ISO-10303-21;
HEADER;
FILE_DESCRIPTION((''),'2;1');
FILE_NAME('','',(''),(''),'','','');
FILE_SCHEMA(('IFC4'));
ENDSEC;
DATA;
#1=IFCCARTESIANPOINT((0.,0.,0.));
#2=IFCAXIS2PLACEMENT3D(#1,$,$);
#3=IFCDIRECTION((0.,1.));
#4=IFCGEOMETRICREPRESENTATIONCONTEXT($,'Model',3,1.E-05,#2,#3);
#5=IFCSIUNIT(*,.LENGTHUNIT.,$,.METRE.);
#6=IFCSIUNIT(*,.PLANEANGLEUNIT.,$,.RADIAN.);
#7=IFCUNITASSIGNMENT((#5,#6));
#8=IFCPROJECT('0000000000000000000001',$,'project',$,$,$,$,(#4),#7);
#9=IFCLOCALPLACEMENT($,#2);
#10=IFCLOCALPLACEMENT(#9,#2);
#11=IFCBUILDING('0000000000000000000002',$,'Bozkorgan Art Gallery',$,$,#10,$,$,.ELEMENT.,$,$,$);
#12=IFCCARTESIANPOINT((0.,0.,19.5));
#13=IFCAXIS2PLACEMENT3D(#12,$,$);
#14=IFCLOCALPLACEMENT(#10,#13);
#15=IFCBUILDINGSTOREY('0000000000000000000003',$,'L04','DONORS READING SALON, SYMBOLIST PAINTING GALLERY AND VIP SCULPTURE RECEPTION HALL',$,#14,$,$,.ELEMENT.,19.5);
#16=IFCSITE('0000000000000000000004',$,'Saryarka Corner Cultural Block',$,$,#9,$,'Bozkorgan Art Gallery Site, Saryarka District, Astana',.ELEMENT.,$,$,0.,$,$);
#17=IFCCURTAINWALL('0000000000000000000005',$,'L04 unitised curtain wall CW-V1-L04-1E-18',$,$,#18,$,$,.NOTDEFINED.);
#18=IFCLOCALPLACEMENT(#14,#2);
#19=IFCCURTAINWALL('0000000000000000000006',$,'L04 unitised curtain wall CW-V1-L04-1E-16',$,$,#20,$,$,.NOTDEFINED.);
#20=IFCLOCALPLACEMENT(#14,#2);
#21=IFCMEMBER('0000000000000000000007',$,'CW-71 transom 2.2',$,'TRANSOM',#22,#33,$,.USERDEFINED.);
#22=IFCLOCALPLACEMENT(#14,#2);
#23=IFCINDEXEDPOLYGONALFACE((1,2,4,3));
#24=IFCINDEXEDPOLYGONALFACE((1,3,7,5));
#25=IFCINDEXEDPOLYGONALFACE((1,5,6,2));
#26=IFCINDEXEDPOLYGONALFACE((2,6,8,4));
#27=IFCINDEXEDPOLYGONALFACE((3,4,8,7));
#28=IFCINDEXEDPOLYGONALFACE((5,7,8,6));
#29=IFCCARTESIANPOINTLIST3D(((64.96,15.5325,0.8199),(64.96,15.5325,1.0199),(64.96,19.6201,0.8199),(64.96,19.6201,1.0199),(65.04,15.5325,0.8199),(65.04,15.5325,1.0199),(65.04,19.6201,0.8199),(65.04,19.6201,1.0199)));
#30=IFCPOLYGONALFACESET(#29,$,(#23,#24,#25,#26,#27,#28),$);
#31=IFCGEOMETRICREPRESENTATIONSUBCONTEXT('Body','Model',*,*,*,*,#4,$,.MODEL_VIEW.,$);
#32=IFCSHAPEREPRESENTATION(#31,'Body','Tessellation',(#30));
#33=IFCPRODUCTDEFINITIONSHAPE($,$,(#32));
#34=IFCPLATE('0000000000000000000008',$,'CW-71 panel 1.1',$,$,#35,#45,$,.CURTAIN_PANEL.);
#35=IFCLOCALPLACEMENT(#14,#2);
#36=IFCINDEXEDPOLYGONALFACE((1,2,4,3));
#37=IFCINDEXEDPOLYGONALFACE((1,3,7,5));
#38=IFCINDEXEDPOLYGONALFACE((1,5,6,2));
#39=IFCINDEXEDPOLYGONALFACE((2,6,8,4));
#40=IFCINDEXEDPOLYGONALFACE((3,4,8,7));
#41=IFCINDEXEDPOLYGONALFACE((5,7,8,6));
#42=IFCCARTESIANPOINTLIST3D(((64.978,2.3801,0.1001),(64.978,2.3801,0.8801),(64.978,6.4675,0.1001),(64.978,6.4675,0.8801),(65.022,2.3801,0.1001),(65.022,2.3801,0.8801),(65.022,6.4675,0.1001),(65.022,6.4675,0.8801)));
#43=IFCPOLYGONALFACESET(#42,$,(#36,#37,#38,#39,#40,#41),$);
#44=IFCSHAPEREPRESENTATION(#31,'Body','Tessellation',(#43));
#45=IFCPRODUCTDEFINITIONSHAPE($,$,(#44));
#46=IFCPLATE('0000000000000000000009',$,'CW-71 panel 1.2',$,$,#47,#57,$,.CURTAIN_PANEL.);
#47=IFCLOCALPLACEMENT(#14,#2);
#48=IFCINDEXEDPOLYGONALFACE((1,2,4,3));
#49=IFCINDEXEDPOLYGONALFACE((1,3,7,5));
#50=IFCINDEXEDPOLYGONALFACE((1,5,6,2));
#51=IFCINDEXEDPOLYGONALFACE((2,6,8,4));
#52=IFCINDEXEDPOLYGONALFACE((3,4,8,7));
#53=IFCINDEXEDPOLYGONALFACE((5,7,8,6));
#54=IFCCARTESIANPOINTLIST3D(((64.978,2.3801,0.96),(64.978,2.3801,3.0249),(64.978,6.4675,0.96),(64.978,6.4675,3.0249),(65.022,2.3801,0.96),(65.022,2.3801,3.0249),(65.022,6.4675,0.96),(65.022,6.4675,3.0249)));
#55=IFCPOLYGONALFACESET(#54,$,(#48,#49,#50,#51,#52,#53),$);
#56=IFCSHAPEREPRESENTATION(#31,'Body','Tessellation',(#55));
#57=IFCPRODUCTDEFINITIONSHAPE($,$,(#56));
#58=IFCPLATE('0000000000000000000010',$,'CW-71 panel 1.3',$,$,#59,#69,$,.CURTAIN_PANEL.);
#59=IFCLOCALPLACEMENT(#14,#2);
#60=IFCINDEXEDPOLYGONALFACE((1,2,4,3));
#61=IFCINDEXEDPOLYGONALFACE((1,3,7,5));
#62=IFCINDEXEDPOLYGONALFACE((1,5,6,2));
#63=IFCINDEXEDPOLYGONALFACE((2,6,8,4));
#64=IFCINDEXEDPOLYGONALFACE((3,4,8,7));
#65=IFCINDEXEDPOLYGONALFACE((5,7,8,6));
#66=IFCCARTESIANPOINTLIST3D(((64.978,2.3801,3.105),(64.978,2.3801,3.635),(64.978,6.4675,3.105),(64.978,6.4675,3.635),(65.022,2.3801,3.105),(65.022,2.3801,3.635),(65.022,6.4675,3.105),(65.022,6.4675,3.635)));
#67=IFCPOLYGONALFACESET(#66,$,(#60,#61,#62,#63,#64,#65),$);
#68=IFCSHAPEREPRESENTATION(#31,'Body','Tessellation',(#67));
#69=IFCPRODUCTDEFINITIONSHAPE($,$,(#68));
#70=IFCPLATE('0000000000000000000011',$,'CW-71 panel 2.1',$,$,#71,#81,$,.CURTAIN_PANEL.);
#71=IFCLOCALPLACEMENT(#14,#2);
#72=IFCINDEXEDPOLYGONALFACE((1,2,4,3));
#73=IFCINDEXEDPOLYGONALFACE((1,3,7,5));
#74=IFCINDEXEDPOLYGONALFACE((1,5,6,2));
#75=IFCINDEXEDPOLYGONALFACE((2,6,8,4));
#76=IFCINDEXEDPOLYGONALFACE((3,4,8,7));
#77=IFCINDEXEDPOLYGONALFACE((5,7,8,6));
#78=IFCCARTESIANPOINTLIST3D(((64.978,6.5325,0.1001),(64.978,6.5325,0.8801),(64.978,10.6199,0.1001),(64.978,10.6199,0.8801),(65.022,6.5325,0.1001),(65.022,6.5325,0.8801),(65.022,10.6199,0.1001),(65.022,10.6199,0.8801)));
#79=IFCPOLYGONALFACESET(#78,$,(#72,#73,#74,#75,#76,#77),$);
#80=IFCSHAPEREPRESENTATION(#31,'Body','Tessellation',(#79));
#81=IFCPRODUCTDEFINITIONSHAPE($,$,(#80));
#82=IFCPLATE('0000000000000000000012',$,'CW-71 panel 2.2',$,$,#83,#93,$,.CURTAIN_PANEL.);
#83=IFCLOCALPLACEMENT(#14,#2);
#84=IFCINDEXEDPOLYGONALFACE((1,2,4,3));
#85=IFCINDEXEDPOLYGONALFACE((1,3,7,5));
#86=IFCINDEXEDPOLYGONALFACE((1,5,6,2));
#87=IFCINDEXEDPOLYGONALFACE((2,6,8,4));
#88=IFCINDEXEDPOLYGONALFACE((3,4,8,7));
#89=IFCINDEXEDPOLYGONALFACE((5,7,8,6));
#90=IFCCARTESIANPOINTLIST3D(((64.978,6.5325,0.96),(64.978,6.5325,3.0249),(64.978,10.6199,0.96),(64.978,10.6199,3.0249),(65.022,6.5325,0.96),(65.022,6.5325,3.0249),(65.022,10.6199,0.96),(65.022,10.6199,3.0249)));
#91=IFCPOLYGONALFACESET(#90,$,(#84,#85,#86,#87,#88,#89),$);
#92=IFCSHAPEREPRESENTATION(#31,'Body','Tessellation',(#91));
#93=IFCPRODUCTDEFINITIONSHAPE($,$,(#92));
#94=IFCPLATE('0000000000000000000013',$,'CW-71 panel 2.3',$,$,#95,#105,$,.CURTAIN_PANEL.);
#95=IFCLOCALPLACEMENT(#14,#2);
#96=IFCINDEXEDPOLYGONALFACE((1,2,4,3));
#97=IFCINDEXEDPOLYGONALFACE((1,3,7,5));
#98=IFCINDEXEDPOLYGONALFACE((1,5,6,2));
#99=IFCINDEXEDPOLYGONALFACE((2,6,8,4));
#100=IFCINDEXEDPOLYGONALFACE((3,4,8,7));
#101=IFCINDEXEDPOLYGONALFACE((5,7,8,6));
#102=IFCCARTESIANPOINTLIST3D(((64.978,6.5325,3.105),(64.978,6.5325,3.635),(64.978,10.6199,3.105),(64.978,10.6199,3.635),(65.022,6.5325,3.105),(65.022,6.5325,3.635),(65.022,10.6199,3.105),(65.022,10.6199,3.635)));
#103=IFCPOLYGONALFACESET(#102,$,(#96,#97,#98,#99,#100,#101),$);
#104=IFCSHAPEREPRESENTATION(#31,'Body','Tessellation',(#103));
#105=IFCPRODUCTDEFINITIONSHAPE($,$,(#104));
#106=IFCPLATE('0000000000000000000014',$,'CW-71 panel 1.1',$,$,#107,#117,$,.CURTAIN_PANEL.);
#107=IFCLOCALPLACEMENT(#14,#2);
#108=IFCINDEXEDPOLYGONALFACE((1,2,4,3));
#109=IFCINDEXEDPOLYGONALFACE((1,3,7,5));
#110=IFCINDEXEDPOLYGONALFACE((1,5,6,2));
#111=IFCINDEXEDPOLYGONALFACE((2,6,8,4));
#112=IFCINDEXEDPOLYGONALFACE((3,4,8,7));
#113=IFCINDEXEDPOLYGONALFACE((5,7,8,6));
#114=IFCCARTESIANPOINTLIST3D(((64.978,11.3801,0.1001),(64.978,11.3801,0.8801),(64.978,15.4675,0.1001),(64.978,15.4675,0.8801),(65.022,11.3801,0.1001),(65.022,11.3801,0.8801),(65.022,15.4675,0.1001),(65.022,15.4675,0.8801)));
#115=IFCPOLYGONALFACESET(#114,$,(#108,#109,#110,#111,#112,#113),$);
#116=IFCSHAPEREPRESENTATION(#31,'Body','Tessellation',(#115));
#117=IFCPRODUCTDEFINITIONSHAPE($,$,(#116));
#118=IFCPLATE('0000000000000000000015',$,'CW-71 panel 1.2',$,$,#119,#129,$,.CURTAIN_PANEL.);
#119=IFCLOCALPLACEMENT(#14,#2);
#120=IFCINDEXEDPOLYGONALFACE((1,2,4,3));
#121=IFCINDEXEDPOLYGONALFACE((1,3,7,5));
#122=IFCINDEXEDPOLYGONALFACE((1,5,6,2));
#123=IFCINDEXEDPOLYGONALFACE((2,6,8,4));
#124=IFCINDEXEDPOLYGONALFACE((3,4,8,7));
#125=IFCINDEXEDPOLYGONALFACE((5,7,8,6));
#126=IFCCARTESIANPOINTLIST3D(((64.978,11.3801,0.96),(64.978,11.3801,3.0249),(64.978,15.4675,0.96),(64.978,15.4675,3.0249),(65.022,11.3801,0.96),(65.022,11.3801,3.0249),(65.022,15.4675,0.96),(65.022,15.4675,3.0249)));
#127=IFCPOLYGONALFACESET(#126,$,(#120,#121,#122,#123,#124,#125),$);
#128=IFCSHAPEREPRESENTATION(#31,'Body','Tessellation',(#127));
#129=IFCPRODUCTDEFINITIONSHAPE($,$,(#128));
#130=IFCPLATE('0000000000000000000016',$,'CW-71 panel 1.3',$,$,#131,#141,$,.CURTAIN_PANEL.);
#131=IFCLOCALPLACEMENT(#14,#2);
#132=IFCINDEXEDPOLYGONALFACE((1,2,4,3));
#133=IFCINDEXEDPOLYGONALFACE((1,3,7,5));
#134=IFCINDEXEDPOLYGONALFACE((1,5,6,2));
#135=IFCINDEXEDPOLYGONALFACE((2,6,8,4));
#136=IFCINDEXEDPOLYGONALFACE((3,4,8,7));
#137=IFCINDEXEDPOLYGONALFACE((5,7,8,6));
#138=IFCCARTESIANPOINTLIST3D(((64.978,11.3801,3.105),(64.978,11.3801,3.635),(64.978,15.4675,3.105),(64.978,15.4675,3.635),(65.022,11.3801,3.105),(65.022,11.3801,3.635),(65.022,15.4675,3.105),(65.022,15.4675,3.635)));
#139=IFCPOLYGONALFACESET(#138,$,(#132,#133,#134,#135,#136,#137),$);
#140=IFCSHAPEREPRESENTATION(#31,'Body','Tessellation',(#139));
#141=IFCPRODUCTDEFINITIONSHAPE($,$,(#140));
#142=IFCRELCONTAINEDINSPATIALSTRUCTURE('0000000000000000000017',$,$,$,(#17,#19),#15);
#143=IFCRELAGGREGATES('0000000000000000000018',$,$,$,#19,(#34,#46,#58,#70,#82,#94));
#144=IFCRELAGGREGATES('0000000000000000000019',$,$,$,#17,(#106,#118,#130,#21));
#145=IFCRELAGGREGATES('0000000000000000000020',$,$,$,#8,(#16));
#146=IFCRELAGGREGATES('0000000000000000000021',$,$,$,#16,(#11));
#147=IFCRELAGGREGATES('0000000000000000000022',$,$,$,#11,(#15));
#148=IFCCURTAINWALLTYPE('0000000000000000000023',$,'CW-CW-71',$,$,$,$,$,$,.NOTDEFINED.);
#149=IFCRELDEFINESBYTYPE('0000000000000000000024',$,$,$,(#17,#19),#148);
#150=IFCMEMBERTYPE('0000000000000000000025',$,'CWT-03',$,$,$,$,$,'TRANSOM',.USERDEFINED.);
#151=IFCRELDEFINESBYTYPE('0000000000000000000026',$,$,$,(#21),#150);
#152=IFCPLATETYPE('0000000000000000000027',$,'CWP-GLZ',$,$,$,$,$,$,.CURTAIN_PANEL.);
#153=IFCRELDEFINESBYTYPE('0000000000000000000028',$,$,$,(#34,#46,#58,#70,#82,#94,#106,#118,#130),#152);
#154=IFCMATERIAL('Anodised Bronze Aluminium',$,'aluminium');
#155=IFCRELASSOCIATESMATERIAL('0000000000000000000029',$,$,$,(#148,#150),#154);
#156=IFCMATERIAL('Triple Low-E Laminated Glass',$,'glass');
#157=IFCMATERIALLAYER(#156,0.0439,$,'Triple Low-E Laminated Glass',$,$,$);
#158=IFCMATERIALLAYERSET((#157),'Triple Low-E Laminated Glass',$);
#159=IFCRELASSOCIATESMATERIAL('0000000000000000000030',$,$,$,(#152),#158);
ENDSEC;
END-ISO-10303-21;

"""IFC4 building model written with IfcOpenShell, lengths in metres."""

from ifc_helpers import new_model, si_unit, direction, frame, origin, origin_2d, place, context, subcontext, project, spatial, rectangle, extrude, material, layer, layer_set, material_profile, profile_set, type_object, element, aggregate, save


model = new_model("IFC4")

# Units and contexts
model_context = context("Model", 3, precision=1e-05, world=origin(), true_north=direction((0.0, 1.0)))
body_context = subcontext(model_context, "Body", "Model", "MODEL_VIEW")
ifc_project = project(units=[si_unit("LENGTHUNIT", "METRE"), si_unit("PLANEANGLEUNIT", "RADIAN")], contexts=[model_context])

# Site, building, storey
site_placement = place(None, origin())
site = spatial("IfcSite", under=ifc_project, at=site_placement, Name="Saryarka Corner Cultural Block", LongName="Bozkorgan Art Gallery Site, Saryarka District, Astana", CompositionType="ELEMENT", RefElevation=0.0)
building_placement = place(site_placement, origin())
building = spatial("IfcBuilding", under=site, at=building_placement, Name="Bozkorgan Art Gallery", CompositionType="ELEMENT")
storey_placement = place(building_placement, frame((0.0, 0.0, 19.5)))
storey = spatial("IfcBuildingStorey", under=building, at=storey_placement, Name="L04", Description="DONORS READING SALON, SYMBOLIST PAINTING GALLERY AND VIP SCULPTURE RECEPTION HALL", CompositionType="ELEMENT", Elevation=19.5)

# Curtain walls
ifc_material_1 = material(Name="Anodised Bronze Aluminium", Category="aluminium")
curtain_wall_type = type_object("IfcCurtainWallType", Name="CW-CW-71", PredefinedType="NOTDEFINED", material=ifc_material_1)
curtain_wall_1_placement = place(storey_placement, origin())
curtain_wall_1 = element("IfcCurtainWall", 1, at=curtain_wall_1_placement, inside=storey, type_object=curtain_wall_type, Name="L04 unitised curtain wall CW-V1-L04-1E-18", PredefinedType="NOTDEFINED")
curtain_wall_2_placement = place(storey_placement, origin())
curtain_wall_2 = element("IfcCurtainWall", 2, at=curtain_wall_2_placement, inside=storey, type_object=curtain_wall_type, Name="L04 unitised curtain wall CW-V1-L04-1E-16", PredefinedType="NOTDEFINED")
ifc_material_profile_1 = material_profile(ifc_material_1, rectangle(XDim=0.0801, YDim=0.2, at=origin_2d()), Name="ALU TRANSOM 80x200")
ifc_profile_set_1 = profile_set([ifc_material_profile_1], Name="Anodised Bronze Aluminium")
member_type_1 = type_object("IfcMemberType", Name="CWT-03", ElementType="TRANSOM", PredefinedType="USERDEFINED", material=ifc_profile_set_1)

# Member
member_1_placement = place(storey_placement, frame((65.0, 15.5325, 0.9199), z_axis=(0.0, 1.0, 0.0), x_axis=(-1.0, 0.0, 0.0)))
member_1 = element("IfcMember", 3, at=member_1_placement, type_object=member_type_1, Name="CW-71 transom 2.2", ObjectType="TRANSOM", PredefinedType="USERDEFINED", context=body_context, shape_type="SweptSolid", body=[
    extrude(rectangle(XDim=0.0801, YDim=0.2, at=origin_2d()), origin(), (0.0, 0.0, 1.0), 4.0876),
])

# Plates
ifc_material_2 = material(Name="Triple Low-E Laminated Glass", Category="glass")
ifc_layer = layer(ifc_material_2, 0.0439, Name="Triple Low-E Laminated Glass")
ifc_layer_set = layer_set([ifc_layer], Name="Triple Low-E Laminated Glass")
plate_type = type_object("IfcPlateType", Name="CWP-GLZ", PredefinedType="CURTAIN_PANEL", material=ifc_layer_set)
plate_1_placement = place(storey_placement, frame((65.0, 4.4238, 0.1001), z_axis=(0.0, 0.0, 1.0), x_axis=(0.0, 1.0, 0.0)))
plate_1 = element("IfcPlate", 4, at=plate_1_placement, type_object=plate_type, Name="CW-71 panel 1.1", PredefinedType="CURTAIN_PANEL", context=body_context, shape_type="SweptSolid", body=[
    extrude(rectangle(XDim=4.0874, YDim=0.0439, at=origin_2d()), origin(), (0.0, 0.0, 1.0), 0.78),
])
plate_2_placement = place(storey_placement, frame((65.0, 4.4238, 0.96), z_axis=(0.0, 0.0, 1.0), x_axis=(0.0, 1.0, 0.0)))
plate_2 = element("IfcPlate", 5, at=plate_2_placement, type_object=plate_type, Name="CW-71 panel 1.2", PredefinedType="CURTAIN_PANEL", context=body_context, shape_type="SweptSolid", body=[
    extrude(rectangle(XDim=4.0874, YDim=0.0439, at=origin_2d()), origin(), (0.0, 0.0, 1.0), 2.0649),
])
plate_3_placement = place(storey_placement, frame((65.0, 4.4238, 3.105), z_axis=(0.0, 0.0, 1.0), x_axis=(0.0, 1.0, 0.0)))
plate_3 = element("IfcPlate", 6, at=plate_3_placement, type_object=plate_type, Name="CW-71 panel 1.3", PredefinedType="CURTAIN_PANEL", context=body_context, shape_type="SweptSolid", body=[
    extrude(rectangle(XDim=4.0874, YDim=0.0439, at=origin_2d()), origin(), (0.0, 0.0, 1.0), 0.53),
])
plate_4_placement = place(storey_placement, frame((65.0, 8.5762, 0.1001), z_axis=(0.0, 0.0, 1.0), x_axis=(0.0, 1.0, 0.0)))
plate_4 = element("IfcPlate", 7, at=plate_4_placement, type_object=plate_type, Name="CW-71 panel 2.1", PredefinedType="CURTAIN_PANEL", context=body_context, shape_type="SweptSolid", body=[
    extrude(rectangle(XDim=4.0874, YDim=0.0439, at=origin_2d()), origin(), (0.0, 0.0, 1.0), 0.78),
])
plate_5_placement = place(storey_placement, frame((65.0, 8.5762, 0.96), z_axis=(0.0, 0.0, 1.0), x_axis=(0.0, 1.0, 0.0)))
plate_5 = element("IfcPlate", 8, at=plate_5_placement, type_object=plate_type, Name="CW-71 panel 2.2", PredefinedType="CURTAIN_PANEL", context=body_context, shape_type="SweptSolid", body=[
    extrude(rectangle(XDim=4.0874, YDim=0.0439, at=origin_2d()), origin(), (0.0, 0.0, 1.0), 2.0649),
])
plate_6_placement = place(storey_placement, frame((65.0, 8.5762, 3.105), z_axis=(0.0, 0.0, 1.0), x_axis=(0.0, 1.0, 0.0)))
plate_6 = element("IfcPlate", 9, at=plate_6_placement, type_object=plate_type, Name="CW-71 panel 2.3", PredefinedType="CURTAIN_PANEL", context=body_context, shape_type="SweptSolid", body=[
    extrude(rectangle(XDim=4.0874, YDim=0.0439, at=origin_2d()), origin(), (0.0, 0.0, 1.0), 0.53),
])
aggregate(curtain_wall_2, [plate_1, plate_2, plate_3, plate_4, plate_5, plate_6])
plate_7_placement = place(storey_placement, frame((65.0, 13.4238, 0.1001), z_axis=(0.0, 0.0, 1.0), x_axis=(0.0, 1.0, 0.0)))
plate_7 = element("IfcPlate", 10, at=plate_7_placement, type_object=plate_type, Name="CW-71 panel 1.1", PredefinedType="CURTAIN_PANEL", context=body_context, shape_type="SweptSolid", body=[
    extrude(rectangle(XDim=4.0874, YDim=0.0439, at=origin_2d()), origin(), (0.0, 0.0, 1.0), 0.78),
])
plate_8_placement = place(storey_placement, frame((65.0, 13.4238, 0.96), z_axis=(0.0, 0.0, 1.0), x_axis=(0.0, 1.0, 0.0)))
plate_8 = element("IfcPlate", 11, at=plate_8_placement, type_object=plate_type, Name="CW-71 panel 1.2", PredefinedType="CURTAIN_PANEL", context=body_context, shape_type="SweptSolid", body=[
    extrude(rectangle(XDim=4.0874, YDim=0.0439, at=origin_2d()), origin(), (0.0, 0.0, 1.0), 2.0649),
])
plate_9_placement = place(storey_placement, frame((65.0, 13.4238, 3.105), z_axis=(0.0, 0.0, 1.0), x_axis=(0.0, 1.0, 0.0)))
plate_9 = element("IfcPlate", 12, at=plate_9_placement, type_object=plate_type, Name="CW-71 panel 1.3", PredefinedType="CURTAIN_PANEL", context=body_context, shape_type="SweptSolid", body=[
    extrude(rectangle(XDim=4.0874, YDim=0.0439, at=origin_2d()), origin(), (0.0, 0.0, 1.0), 0.53),
])
aggregate(curtain_wall_1, [plate_7, plate_8, plate_9, member_1])

save(model, "model.ifc")
